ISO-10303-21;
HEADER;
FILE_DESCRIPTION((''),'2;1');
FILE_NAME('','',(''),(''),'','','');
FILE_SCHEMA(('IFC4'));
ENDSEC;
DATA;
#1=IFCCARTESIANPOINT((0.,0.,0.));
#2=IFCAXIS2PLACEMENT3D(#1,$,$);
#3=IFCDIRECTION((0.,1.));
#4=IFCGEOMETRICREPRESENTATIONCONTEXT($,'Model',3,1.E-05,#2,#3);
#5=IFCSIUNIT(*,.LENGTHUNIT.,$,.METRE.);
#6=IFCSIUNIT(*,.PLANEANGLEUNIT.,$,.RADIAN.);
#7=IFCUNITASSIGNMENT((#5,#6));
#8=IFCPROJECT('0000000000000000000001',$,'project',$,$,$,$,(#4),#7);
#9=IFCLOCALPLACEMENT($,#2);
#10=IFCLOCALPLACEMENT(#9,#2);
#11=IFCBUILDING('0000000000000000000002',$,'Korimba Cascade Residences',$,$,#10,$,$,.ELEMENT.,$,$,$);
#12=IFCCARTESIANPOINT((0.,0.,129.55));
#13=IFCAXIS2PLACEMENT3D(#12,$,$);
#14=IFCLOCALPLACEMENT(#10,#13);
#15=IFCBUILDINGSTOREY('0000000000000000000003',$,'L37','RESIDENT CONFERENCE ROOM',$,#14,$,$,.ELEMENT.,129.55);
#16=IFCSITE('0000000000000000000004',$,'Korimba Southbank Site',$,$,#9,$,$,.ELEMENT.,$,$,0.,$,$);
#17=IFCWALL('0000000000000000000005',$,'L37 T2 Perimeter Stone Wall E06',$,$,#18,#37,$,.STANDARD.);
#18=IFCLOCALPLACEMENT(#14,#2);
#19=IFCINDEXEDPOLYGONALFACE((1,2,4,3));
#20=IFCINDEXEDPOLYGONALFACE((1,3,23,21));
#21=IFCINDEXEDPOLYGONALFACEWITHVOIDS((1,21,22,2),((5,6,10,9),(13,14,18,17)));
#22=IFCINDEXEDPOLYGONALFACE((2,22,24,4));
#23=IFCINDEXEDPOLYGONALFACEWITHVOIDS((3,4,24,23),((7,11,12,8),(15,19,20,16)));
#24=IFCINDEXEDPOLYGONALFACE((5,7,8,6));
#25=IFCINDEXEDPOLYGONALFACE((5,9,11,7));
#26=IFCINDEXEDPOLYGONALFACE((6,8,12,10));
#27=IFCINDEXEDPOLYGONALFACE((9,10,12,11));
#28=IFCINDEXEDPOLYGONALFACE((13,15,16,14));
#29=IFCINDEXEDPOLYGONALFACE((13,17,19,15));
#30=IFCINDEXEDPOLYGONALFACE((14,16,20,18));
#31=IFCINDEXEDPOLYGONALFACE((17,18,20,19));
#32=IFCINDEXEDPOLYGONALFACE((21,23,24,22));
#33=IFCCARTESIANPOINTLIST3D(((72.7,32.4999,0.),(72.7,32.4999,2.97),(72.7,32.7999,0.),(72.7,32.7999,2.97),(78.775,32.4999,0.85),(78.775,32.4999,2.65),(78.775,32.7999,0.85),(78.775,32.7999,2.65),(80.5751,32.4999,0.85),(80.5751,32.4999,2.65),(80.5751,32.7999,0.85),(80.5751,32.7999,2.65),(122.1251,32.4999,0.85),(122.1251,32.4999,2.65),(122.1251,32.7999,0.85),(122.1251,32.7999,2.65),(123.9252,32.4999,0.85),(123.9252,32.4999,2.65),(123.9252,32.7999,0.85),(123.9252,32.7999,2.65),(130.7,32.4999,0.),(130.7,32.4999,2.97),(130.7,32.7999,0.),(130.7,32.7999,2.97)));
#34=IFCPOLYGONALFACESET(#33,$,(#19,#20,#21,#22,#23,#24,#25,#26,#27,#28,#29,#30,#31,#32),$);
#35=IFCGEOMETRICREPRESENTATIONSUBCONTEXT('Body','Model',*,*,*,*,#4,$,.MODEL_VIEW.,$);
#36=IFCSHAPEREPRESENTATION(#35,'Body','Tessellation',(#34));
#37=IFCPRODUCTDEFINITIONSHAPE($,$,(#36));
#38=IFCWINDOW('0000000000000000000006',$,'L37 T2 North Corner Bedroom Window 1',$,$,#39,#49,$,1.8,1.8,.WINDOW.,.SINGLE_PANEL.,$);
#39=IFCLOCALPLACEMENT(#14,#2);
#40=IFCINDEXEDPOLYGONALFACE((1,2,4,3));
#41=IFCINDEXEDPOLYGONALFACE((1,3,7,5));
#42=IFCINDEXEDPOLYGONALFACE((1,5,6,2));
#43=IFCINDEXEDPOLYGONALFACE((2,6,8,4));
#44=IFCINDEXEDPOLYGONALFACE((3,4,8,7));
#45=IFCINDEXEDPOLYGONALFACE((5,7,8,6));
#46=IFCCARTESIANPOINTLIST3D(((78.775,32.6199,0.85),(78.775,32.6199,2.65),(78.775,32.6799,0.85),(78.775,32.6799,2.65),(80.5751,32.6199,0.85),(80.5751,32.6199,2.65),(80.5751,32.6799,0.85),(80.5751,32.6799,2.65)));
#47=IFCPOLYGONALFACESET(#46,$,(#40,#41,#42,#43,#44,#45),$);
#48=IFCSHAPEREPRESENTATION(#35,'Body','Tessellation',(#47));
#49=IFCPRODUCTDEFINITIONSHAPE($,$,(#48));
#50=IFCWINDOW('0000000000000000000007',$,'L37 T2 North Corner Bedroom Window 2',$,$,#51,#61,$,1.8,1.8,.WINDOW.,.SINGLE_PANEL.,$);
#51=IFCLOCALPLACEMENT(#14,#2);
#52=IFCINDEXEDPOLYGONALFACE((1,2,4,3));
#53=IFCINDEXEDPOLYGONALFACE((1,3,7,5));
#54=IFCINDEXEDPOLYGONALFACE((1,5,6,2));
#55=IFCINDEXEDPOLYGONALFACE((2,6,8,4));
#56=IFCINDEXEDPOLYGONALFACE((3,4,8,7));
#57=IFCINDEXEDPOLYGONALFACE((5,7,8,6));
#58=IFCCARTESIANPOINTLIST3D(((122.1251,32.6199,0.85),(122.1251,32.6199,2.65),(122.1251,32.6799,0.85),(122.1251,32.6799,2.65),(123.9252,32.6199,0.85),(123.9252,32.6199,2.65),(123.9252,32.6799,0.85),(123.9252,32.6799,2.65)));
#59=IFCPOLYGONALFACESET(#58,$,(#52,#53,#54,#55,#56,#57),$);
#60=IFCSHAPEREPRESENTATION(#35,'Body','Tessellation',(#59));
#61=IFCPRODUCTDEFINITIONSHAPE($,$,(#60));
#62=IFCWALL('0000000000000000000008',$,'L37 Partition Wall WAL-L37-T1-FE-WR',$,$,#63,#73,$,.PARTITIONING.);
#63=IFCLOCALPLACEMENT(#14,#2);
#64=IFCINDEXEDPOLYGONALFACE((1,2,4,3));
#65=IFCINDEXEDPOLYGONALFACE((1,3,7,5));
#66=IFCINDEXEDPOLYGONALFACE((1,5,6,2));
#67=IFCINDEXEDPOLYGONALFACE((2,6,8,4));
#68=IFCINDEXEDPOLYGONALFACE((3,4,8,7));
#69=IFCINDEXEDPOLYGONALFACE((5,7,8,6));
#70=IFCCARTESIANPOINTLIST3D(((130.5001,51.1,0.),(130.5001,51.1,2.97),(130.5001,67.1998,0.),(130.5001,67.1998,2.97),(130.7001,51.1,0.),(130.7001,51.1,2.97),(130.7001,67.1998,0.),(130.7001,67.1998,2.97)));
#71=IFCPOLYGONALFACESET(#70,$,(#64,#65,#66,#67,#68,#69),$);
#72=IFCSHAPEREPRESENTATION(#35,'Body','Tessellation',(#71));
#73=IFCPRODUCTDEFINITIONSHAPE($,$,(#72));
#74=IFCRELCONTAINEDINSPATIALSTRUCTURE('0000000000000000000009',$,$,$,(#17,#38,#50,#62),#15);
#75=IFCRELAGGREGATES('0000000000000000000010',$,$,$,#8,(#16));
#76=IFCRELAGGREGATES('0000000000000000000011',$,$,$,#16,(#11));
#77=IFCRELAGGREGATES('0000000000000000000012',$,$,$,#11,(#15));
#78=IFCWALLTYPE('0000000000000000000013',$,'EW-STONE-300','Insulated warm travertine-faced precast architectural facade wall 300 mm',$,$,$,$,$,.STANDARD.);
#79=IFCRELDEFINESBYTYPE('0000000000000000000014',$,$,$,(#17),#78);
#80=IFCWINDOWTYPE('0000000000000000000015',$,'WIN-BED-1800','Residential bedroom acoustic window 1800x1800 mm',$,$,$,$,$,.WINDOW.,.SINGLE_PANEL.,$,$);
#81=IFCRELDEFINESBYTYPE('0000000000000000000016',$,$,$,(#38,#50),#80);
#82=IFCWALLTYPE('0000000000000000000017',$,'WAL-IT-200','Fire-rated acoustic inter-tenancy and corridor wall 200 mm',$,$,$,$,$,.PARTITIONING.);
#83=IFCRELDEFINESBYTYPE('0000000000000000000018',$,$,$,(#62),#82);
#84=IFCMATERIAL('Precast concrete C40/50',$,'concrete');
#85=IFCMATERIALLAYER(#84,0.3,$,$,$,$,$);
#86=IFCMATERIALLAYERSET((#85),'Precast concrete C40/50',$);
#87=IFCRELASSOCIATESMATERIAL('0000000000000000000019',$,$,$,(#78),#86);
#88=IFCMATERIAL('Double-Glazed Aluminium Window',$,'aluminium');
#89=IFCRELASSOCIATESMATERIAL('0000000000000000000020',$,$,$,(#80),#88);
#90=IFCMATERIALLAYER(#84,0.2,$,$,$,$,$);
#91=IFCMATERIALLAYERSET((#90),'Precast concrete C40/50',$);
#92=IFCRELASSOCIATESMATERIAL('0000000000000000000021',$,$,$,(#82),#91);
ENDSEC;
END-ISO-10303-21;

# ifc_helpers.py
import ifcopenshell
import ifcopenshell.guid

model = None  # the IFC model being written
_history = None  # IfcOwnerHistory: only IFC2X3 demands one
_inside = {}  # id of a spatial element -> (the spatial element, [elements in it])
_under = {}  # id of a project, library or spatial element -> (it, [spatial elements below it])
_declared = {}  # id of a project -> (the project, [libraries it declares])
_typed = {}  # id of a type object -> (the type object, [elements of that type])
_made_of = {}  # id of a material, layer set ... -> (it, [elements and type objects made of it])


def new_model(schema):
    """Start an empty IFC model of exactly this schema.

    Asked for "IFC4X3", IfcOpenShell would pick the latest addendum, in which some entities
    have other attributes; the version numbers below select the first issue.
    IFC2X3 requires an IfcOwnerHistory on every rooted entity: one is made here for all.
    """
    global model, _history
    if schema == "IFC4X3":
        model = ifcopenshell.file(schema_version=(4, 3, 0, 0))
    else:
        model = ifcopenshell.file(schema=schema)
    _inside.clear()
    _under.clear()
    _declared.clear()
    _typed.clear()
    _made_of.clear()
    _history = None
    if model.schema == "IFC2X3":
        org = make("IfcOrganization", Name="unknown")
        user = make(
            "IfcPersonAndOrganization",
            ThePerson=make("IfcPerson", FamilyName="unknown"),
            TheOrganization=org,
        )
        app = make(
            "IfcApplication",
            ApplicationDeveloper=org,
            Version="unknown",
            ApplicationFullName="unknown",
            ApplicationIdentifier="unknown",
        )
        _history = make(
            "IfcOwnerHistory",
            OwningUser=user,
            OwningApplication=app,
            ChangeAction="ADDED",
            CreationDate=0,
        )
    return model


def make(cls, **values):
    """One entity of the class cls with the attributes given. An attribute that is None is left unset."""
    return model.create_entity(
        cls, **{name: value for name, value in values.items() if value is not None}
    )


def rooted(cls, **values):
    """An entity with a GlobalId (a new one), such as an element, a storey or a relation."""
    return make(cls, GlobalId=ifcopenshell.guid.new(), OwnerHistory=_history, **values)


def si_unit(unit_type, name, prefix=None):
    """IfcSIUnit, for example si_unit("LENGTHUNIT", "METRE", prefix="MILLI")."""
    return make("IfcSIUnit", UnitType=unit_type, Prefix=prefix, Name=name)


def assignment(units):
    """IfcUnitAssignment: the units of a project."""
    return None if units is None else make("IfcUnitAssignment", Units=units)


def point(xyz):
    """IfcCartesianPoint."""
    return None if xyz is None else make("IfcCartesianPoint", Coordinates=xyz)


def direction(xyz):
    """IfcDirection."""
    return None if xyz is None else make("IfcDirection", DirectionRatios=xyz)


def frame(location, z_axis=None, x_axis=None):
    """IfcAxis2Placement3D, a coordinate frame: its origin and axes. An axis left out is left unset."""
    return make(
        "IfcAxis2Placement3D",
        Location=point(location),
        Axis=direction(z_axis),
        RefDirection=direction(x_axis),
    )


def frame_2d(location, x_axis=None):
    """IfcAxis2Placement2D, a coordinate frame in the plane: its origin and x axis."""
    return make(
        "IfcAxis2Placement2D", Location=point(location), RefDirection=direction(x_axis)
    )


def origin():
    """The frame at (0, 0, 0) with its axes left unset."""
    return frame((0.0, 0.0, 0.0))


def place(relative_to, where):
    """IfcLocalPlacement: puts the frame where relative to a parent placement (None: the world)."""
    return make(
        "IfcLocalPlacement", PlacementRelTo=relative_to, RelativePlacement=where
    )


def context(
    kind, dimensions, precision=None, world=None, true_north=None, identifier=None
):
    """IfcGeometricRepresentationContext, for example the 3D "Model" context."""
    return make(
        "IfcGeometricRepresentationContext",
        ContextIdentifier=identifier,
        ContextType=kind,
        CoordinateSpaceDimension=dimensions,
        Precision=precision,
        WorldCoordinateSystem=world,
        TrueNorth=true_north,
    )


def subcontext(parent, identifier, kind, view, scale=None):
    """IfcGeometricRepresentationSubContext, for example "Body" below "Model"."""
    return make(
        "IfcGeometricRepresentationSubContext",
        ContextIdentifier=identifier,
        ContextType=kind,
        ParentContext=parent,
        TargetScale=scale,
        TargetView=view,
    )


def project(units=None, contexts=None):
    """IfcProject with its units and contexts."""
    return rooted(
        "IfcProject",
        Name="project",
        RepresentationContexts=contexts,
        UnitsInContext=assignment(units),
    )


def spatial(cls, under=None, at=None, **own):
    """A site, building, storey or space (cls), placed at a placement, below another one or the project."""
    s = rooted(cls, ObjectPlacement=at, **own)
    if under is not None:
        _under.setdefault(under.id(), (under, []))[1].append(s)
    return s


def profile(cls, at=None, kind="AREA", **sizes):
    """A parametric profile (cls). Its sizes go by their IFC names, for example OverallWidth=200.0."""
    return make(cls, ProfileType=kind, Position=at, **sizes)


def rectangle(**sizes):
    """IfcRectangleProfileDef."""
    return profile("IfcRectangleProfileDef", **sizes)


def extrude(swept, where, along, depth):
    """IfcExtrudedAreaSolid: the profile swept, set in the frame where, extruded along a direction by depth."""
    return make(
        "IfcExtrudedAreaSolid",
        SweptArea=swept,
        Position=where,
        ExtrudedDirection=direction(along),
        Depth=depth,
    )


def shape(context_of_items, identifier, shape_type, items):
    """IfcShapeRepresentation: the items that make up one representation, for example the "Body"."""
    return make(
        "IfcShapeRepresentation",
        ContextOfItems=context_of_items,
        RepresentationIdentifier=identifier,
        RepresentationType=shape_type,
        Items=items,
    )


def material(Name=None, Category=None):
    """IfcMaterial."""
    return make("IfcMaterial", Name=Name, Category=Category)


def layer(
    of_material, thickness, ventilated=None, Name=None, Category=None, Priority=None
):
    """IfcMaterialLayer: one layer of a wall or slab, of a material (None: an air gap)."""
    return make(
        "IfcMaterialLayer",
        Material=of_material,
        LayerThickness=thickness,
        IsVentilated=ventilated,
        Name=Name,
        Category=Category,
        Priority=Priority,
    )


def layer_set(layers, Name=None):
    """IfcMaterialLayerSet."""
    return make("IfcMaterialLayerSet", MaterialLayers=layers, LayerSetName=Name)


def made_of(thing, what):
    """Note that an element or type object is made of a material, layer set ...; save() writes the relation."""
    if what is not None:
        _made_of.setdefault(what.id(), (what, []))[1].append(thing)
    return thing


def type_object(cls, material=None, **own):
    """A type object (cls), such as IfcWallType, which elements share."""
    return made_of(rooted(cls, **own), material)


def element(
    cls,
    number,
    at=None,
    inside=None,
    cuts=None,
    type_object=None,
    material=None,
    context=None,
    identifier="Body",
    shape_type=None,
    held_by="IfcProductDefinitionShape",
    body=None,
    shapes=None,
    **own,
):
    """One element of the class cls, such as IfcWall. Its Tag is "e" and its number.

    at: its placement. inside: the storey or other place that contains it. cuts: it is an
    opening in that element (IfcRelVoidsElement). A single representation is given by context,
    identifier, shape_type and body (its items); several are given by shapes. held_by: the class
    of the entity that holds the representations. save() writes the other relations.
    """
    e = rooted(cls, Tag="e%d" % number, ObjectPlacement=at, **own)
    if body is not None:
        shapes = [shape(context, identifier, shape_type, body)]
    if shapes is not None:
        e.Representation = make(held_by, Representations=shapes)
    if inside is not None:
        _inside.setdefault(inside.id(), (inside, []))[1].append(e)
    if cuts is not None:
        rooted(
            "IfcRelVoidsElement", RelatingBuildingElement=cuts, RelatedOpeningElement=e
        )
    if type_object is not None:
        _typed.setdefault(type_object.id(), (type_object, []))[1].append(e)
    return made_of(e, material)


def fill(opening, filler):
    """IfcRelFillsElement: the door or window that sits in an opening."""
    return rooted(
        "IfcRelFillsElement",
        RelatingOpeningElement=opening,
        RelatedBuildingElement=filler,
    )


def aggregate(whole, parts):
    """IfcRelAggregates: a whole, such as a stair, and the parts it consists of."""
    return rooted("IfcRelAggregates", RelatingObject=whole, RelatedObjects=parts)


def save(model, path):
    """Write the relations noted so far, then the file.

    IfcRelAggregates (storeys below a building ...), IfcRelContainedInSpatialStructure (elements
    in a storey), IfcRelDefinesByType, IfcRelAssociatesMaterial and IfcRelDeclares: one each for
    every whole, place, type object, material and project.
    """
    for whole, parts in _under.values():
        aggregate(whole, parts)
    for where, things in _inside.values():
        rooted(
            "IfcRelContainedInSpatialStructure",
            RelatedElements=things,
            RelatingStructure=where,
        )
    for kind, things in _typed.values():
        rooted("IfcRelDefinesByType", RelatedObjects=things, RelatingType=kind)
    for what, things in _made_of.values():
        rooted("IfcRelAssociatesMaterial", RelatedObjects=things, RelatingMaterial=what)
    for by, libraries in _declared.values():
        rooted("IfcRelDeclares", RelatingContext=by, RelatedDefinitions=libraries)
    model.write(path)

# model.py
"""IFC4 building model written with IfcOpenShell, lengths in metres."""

from ifc_helpers import new_model, si_unit, direction, frame, frame_2d, origin, place, context, subcontext, project, spatial, rectangle, extrude, material, layer, layer_set, type_object, element, fill, save


model = new_model("IFC4")

# Units and contexts
model_context = context("Model", 3, precision=1e-05, world=origin(), true_north=direction((0.0, 1.0)))
body_context = subcontext(model_context, "Body", "Model", "MODEL_VIEW")
ifc_project = project(units=[si_unit("LENGTHUNIT", "METRE"), si_unit("PLANEANGLEUNIT", "RADIAN")], contexts=[model_context])

# Site, building, storey
site_placement = place(None, origin())
site = spatial("IfcSite", under=ifc_project, at=site_placement, Name="Korimba Southbank Site", CompositionType="ELEMENT", RefElevation=0.0)
building_placement = place(site_placement, origin())
building = spatial("IfcBuilding", under=site, at=building_placement, Name="Korimba Cascade Residences", CompositionType="ELEMENT")
storey_placement = place(building_placement, frame((0.0, 0.0, 129.55)))
storey = spatial("IfcBuildingStorey", under=building, at=storey_placement, Name="L37", Description="RESIDENT CONFERENCE ROOM", CompositionType="ELEMENT", Elevation=129.55)

# Shared definitions
ifc_material_1 = material(Name="Precast concrete C40/50", Category="concrete")
ifc_layer_1 = layer(ifc_material_1, 0.3)
ifc_layer_set_1 = layer_set([ifc_layer_1], Name="Precast concrete C40/50")
wall_type_1 = type_object("IfcWallType", Name="EW-STONE-300", Description="Insulated warm travertine-faced precast architectural facade wall 300 mm", PredefinedType="STANDARD", material=ifc_layer_set_1)

# Wall, openings, windows
ifc_material_2 = material(Name="Double-Glazed Aluminium Window", Category="aluminium")
wall_1_placement = place(storey_placement, frame((130.7, 32.6499, 0.0), z_axis=(0.0, 0.0, 1.0), x_axis=(-1.0, 0.0, 0.0)))
wall_1 = element("IfcWall", 1, at=wall_1_placement, inside=storey, type_object=wall_type_1, Name="L37 T2 Perimeter Stone Wall E06", PredefinedType="STANDARD", context=body_context, shape_type="SweptSolid", body=[
    extrude(rectangle(XDim=58.0, YDim=0.3, at=frame_2d((29.0, 0.0))), origin(), (0.0, 0.0, 1.0), 2.97),
])
opening_1_placement = place(wall_1_placement, frame((50.125, 0.0, 0.8501)))
opening_1 = element("IfcOpeningElement", 2, at=opening_1_placement, cuts=wall_1, PredefinedType="OPENING", context=body_context, shape_type="SweptSolid", body=[
    extrude(rectangle(XDim=1.8, YDim=1.8, at=frame_2d((0.8999, 0.8999))), frame((0.0, 0.1602, 0.0), z_axis=(0.0, -1.0, 0.0), x_axis=(1.0, 0.0, 0.0)), (0.0, 0.0, 1.0), 0.3201),
])
opening_2_placement = place(wall_1_placement, frame((6.7749, 0.0, 0.8501)))
opening_2 = element("IfcOpeningElement", 3, at=opening_2_placement, cuts=wall_1, PredefinedType="OPENING", context=body_context, shape_type="SweptSolid", body=[
    extrude(rectangle(XDim=1.8, YDim=1.8, at=frame_2d((0.8999, 0.8999))), frame((0.0, 0.1602, 0.0), z_axis=(0.0, -1.0, 0.0), x_axis=(1.0, 0.0, 0.0)), (0.0, 0.0, 1.0), 0.3201),
])
window_type_1 = type_object("IfcWindowType", Name="WIN-BED-1800", Description="Residential bedroom acoustic window 1800x1800 mm", PartitioningType="SINGLE_PANEL", PredefinedType="WINDOW", material=ifc_material_2)
window_1_placement = place(opening_1_placement, origin())
window_1 = element("IfcWindow", 4, at=window_1_placement, inside=storey, type_object=window_type_1, Name="L37 T2 North Corner Bedroom Window 1", OverallHeight=1.8, OverallWidth=1.8, PartitioningType="SINGLE_PANEL", PredefinedType="WINDOW", context=body_context, shape_type="SweptSolid", body=[
    extrude(rectangle(XDim=1.8, YDim=1.8, at=frame_2d((0.8999, 0.8999))), frame((0.0, 0.03, 0.0), z_axis=(0.0, -1.0, 0.0), x_axis=(1.0, 0.0, 0.0)), (0.0, 0.0, 1.0), 0.0601),
])
fill(opening_1, window_1)
window_2_placement = place(opening_2_placement, origin())
window_2 = element("IfcWindow", 5, at=window_2_placement, inside=storey, type_object=window_type_1, Name="L37 T2 North Corner Bedroom Window 2", OverallHeight=1.8, OverallWidth=1.8, PartitioningType="SINGLE_PANEL", PredefinedType="WINDOW", context=body_context, shape_type="SweptSolid", body=[
    extrude(rectangle(XDim=1.8, YDim=1.8, at=frame_2d((0.8999, 0.8999))), frame((0.0, 0.03, 0.0), z_axis=(0.0, -1.0, 0.0), x_axis=(1.0, 0.0, 0.0)), (0.0, 0.0, 1.0), 0.0601),
])
fill(opening_2, window_2)

# Wall
ifc_layer_2 = layer(ifc_material_1, 0.2)
ifc_layer_set_2 = layer_set([ifc_layer_2], Name="Precast concrete C40/50")
wall_type_2 = type_object("IfcWallType", Name="WAL-IT-200", Description="Fire-rated acoustic inter-tenancy and corridor wall 200 mm", PredefinedType="PARTITIONING", material=ifc_layer_set_2)
wall_2_placement = place(storey_placement, frame((130.6001, 51.1001, 0.0), z_axis=(0.0, 0.0, 1.0), x_axis=(0.0, 1.0, 0.0)))
element("IfcWall", 6, at=wall_2_placement, inside=storey, type_object=wall_type_2, Name="L37 Partition Wall WAL-L37-T1-FE-WR", PredefinedType="PARTITIONING", context=body_context, shape_type="SweptSolid", body=[
    extrude(rectangle(XDim=16.0999, YDim=0.2, at=frame_2d((8.0498, 0.0))), origin(), (0.0, 0.0, 1.0), 2.97),
])

save(model, "model.ifc")
